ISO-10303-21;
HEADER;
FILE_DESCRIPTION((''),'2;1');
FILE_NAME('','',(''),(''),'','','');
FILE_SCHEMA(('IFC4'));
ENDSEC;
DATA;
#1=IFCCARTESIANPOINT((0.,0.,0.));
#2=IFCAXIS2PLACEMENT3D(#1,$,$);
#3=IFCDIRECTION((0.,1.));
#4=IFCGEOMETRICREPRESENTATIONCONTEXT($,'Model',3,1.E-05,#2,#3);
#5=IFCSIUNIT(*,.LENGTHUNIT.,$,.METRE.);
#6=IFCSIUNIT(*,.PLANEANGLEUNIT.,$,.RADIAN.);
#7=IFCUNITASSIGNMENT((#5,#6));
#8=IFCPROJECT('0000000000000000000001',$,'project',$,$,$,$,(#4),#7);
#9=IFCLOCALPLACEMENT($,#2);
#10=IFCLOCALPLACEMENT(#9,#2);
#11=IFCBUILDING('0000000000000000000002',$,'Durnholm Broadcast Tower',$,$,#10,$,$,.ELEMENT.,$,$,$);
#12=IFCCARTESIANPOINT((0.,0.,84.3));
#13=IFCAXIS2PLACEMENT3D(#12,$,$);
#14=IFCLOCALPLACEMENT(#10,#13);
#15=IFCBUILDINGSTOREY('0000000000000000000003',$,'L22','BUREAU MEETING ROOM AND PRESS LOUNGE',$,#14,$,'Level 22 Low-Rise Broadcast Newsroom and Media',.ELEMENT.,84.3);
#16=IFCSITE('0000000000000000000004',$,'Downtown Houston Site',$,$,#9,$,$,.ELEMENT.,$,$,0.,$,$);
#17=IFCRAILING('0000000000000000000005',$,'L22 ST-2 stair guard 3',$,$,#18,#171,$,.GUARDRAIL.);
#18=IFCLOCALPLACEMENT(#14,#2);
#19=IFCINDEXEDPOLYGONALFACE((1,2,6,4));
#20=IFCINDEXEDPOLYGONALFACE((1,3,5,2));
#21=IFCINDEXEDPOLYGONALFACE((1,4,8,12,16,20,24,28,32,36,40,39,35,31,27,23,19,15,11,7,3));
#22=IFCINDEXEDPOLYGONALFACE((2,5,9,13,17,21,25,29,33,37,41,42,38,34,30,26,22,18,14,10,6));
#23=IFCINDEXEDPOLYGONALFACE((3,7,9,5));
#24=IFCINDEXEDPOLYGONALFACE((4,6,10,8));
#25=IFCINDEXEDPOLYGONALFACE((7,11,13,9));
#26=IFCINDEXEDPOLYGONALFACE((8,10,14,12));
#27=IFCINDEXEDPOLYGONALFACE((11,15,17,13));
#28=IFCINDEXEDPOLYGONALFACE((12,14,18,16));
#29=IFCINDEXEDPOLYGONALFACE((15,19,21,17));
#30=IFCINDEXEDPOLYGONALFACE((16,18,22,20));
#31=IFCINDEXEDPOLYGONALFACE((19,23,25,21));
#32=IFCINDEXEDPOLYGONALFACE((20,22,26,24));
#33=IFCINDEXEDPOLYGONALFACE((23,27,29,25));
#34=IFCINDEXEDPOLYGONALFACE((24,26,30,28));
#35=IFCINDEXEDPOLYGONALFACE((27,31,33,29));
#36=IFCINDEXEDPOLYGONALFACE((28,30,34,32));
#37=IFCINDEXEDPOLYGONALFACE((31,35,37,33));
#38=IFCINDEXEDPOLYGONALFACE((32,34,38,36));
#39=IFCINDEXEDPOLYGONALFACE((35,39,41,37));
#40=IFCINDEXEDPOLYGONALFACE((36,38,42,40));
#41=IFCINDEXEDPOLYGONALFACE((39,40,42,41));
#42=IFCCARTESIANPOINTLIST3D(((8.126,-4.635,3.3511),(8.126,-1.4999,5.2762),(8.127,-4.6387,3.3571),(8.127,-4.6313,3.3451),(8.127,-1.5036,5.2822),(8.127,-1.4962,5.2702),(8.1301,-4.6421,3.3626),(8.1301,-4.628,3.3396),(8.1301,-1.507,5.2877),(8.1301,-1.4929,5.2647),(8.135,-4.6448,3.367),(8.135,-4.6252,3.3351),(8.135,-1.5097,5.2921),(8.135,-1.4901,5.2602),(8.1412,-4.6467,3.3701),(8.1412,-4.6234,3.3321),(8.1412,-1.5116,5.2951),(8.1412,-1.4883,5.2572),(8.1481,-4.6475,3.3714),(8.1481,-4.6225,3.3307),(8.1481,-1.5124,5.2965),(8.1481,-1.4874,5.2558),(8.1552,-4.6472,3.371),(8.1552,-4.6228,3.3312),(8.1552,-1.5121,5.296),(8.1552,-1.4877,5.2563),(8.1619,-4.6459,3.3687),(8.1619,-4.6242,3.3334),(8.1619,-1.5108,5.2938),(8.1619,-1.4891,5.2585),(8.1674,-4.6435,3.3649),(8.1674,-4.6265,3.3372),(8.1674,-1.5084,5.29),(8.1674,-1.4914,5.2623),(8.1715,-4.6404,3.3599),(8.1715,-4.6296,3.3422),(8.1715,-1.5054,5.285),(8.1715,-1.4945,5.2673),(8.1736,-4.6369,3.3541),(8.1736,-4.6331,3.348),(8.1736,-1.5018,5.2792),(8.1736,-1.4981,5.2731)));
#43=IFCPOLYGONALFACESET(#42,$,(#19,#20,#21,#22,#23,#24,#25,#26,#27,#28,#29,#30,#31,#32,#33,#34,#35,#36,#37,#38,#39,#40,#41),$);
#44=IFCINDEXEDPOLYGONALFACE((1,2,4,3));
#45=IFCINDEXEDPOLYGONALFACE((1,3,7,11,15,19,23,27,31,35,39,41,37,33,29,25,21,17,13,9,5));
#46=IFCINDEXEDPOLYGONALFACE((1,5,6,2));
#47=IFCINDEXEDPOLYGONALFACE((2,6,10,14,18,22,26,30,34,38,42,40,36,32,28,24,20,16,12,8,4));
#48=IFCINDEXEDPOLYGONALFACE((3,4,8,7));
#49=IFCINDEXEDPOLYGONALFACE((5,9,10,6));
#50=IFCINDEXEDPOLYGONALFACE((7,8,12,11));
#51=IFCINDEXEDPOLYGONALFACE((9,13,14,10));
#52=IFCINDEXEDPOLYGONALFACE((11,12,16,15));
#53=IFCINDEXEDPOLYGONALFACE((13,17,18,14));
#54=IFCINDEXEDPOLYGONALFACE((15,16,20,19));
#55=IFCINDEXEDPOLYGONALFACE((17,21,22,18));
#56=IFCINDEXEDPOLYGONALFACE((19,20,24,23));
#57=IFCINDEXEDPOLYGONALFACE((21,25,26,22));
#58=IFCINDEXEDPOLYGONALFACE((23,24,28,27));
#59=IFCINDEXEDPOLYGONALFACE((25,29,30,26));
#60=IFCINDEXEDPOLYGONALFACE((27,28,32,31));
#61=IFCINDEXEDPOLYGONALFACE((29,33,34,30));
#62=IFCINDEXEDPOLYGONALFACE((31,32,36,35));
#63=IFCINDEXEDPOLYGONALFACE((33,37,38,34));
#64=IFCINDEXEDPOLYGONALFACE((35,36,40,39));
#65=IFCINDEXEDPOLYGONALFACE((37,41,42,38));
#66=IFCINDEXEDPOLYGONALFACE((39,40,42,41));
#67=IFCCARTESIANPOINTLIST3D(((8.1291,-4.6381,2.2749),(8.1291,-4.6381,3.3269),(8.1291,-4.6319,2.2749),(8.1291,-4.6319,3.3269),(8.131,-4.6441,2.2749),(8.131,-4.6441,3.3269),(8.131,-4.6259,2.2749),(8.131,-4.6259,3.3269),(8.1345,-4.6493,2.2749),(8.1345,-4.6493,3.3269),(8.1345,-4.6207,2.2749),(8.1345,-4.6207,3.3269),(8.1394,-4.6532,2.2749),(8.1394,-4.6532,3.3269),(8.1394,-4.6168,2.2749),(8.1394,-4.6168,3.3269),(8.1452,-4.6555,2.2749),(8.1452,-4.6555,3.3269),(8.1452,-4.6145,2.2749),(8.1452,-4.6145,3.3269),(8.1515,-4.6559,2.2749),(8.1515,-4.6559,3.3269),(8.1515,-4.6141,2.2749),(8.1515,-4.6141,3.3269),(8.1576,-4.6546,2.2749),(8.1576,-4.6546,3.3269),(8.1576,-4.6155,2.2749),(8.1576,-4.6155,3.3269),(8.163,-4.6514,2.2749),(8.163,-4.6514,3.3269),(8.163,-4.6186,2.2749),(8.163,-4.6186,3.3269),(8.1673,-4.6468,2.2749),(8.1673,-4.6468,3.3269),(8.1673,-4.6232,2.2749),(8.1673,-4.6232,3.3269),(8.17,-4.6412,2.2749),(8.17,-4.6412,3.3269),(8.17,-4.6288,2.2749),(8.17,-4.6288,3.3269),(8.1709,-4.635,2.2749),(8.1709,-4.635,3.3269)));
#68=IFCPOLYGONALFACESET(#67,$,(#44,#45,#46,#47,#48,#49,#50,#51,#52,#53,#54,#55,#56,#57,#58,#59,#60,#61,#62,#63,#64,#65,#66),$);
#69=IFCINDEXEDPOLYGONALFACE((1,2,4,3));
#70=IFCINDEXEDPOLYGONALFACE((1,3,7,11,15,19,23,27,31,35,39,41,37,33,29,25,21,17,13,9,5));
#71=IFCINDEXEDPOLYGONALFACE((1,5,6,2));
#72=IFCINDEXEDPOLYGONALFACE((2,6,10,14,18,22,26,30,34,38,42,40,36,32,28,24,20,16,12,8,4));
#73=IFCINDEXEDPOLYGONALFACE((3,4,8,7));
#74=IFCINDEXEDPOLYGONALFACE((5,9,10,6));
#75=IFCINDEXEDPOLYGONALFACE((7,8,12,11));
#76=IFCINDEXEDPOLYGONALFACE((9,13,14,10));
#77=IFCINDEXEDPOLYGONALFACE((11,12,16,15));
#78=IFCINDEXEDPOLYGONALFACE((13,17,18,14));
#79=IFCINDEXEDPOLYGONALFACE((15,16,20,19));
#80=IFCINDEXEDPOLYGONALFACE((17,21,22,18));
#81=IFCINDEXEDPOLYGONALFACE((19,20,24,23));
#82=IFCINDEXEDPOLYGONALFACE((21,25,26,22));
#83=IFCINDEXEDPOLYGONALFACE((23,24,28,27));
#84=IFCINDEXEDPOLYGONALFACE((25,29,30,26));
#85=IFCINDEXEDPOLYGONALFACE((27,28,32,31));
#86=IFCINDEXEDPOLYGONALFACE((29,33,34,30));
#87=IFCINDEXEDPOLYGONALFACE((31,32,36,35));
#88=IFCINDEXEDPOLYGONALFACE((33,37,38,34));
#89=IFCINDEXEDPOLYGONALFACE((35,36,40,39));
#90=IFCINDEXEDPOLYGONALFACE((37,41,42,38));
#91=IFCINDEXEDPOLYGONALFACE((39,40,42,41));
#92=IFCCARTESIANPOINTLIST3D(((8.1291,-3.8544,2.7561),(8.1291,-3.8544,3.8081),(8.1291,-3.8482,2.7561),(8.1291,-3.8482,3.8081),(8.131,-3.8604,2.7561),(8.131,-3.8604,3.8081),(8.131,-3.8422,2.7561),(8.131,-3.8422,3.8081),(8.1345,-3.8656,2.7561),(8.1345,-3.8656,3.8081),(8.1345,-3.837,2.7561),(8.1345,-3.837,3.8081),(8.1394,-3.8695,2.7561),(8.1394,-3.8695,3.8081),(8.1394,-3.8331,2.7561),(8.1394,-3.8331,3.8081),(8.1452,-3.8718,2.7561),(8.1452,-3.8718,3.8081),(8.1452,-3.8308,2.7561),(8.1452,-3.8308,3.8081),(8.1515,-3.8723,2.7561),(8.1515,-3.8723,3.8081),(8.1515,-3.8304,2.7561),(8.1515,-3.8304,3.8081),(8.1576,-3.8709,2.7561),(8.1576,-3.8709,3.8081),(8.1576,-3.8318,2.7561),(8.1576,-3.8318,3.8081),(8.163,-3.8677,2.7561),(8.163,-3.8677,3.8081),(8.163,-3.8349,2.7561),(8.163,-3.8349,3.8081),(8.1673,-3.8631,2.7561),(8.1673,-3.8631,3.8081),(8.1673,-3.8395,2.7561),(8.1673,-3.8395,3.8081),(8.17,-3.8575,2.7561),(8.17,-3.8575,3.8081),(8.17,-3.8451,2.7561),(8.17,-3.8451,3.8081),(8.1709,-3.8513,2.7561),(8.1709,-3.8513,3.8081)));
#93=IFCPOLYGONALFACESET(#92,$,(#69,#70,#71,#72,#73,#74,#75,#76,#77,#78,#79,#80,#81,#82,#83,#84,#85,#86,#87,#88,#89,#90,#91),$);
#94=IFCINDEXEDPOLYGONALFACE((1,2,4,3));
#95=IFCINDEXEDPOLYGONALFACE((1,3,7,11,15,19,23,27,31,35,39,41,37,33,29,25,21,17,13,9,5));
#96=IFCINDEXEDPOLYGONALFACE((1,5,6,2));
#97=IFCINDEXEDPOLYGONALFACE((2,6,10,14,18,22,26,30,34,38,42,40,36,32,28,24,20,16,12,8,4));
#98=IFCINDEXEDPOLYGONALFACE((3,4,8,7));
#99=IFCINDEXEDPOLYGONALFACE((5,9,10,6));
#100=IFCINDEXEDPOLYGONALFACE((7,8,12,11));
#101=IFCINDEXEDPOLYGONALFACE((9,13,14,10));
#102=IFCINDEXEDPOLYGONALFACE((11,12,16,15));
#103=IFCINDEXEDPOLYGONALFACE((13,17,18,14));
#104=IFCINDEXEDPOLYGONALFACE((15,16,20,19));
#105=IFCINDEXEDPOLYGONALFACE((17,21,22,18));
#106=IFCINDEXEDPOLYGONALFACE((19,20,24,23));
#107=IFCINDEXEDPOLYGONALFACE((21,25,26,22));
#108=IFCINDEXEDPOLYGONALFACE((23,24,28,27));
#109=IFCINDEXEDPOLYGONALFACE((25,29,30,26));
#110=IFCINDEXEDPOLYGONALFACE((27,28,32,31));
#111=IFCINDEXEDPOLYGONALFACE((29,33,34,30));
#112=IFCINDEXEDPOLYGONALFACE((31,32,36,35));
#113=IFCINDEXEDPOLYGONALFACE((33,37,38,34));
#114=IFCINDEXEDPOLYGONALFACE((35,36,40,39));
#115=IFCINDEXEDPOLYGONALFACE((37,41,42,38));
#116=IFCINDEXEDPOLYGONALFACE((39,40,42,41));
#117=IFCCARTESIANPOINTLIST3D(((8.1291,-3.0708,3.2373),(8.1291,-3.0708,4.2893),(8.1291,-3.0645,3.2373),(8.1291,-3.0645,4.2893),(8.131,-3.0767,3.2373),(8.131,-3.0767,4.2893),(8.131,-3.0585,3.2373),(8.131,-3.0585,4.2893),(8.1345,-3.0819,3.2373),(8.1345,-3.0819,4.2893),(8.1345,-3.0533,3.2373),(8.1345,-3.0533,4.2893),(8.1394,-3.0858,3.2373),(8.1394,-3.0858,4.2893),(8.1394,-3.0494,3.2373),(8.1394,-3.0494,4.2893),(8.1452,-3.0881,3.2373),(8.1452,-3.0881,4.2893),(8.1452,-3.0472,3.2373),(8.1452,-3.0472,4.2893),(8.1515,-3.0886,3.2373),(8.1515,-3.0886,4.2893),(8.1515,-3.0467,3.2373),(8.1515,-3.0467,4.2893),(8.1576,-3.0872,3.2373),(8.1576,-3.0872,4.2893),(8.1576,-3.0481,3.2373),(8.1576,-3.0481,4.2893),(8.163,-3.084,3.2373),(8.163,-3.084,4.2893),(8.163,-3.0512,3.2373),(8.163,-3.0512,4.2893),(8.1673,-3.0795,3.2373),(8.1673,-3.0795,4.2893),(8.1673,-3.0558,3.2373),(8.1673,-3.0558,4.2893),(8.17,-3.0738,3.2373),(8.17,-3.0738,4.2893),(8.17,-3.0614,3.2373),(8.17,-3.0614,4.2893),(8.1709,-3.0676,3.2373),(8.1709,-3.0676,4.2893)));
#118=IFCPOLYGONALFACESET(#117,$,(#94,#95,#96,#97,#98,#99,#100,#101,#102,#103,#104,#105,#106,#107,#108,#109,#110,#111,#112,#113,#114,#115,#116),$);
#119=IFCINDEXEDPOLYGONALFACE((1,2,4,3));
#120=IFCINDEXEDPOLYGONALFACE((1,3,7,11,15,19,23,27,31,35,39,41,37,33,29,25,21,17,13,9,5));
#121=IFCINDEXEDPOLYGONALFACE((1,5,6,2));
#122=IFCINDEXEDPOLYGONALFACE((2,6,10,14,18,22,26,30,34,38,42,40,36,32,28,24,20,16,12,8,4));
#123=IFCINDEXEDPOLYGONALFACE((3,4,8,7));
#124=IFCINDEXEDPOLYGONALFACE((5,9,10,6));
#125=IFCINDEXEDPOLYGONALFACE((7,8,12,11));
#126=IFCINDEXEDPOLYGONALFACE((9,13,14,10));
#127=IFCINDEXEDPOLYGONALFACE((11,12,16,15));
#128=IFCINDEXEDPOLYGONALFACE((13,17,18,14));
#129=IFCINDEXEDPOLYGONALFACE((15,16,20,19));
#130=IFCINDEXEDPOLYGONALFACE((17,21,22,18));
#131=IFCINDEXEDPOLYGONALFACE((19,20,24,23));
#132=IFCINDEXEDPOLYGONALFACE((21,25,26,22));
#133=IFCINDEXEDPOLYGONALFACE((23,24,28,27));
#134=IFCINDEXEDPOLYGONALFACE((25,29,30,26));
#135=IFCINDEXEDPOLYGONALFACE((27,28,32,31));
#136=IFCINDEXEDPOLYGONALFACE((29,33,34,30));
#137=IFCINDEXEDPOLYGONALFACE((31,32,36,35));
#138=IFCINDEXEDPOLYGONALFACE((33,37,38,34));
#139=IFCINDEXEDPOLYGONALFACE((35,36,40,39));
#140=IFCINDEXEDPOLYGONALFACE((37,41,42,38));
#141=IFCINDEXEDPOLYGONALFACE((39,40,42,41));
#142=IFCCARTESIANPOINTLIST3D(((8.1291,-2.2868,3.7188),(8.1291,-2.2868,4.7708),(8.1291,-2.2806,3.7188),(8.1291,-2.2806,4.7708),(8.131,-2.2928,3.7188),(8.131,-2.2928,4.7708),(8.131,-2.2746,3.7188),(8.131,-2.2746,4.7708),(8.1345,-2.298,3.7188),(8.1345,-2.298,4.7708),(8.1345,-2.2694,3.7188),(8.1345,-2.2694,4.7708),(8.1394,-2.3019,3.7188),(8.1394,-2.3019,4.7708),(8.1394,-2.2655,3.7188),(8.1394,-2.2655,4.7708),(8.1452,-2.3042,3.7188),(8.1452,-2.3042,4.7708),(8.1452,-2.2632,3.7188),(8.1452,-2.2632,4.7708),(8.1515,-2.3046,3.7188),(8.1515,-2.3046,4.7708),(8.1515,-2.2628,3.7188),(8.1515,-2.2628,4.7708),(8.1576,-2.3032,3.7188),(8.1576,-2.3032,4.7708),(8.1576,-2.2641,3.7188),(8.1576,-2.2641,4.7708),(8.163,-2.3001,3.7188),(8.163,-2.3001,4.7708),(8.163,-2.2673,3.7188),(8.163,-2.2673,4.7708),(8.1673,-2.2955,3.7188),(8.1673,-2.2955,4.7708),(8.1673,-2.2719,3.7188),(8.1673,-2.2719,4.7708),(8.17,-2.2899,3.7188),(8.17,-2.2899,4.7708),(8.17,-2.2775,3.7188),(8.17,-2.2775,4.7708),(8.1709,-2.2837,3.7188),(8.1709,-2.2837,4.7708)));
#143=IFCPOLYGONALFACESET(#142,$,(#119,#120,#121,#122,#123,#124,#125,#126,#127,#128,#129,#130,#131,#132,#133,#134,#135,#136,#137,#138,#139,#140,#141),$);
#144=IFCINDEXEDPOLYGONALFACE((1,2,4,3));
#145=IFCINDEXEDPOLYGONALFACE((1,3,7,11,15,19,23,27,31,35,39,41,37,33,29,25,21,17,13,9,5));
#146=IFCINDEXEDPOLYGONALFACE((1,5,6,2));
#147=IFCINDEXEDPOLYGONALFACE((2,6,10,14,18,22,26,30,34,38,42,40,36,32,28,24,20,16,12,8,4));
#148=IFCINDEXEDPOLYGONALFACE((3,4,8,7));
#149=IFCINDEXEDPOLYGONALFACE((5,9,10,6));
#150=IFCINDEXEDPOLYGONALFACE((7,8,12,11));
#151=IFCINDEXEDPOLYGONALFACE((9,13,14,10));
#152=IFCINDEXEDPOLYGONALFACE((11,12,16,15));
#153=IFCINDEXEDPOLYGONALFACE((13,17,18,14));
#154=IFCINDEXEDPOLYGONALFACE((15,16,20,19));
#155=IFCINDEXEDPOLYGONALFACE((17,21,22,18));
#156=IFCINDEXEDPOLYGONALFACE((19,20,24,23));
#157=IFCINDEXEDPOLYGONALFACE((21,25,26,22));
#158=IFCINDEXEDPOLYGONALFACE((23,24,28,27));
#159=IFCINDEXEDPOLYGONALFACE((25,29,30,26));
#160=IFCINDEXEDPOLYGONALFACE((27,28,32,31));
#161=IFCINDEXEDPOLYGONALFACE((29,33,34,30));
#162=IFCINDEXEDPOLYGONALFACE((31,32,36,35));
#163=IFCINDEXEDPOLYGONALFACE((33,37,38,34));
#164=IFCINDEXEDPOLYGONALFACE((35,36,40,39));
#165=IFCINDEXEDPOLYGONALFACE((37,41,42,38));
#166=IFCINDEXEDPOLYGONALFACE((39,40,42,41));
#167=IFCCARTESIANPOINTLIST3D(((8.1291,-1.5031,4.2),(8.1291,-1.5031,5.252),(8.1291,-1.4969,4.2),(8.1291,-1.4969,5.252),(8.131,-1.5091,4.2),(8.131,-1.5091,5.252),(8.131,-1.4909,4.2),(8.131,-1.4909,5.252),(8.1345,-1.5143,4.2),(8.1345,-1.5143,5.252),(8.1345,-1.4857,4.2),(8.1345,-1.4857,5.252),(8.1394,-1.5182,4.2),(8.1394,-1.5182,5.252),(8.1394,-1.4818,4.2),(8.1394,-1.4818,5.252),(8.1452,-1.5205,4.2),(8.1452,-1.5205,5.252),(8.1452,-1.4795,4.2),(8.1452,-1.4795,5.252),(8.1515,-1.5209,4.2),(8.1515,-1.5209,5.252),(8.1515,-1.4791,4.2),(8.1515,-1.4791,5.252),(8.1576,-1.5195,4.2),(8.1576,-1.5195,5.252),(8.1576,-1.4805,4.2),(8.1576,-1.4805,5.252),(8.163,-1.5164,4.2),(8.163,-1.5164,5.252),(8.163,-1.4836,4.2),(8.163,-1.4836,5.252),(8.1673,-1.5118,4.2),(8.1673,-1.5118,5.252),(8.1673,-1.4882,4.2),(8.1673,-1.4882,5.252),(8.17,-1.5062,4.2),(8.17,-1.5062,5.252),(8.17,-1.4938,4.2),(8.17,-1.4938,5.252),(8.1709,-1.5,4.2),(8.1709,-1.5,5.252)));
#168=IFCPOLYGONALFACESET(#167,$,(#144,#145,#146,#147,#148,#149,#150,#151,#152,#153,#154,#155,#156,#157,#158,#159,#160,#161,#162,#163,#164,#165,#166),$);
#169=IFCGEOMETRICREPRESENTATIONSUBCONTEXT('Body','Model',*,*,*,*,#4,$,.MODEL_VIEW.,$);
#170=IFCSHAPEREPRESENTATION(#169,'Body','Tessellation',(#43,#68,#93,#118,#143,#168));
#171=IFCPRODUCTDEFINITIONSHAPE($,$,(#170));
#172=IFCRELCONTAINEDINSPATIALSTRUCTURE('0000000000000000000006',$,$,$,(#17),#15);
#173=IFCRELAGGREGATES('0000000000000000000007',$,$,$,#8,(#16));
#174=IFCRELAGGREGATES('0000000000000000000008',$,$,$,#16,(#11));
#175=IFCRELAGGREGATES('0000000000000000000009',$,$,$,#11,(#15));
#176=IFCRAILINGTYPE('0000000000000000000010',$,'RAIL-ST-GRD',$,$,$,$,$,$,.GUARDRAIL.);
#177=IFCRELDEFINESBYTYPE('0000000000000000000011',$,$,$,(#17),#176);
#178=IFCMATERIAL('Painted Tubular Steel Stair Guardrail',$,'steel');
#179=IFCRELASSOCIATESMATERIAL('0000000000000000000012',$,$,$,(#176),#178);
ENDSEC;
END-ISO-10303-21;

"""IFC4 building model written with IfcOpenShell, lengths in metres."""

from ifc_helpers import new_model, si_unit, direction, frame, origin, origin_2d, place, context, subcontext, project, spatial, circle, extrude, material, type_object, element, save


model = new_model("IFC4")

# Units and contexts
model_context = context("Model", 3, precision=1e-05, world=origin(), true_north=direction((0.0, 1.0)))
body_context = subcontext(model_context, "Body", "Model", "MODEL_VIEW")
ifc_project = project(units=[si_unit("LENGTHUNIT", "METRE"), si_unit("PLANEANGLEUNIT", "RADIAN")], contexts=[model_context])

# Site, building, storey
site_placement = place(None, origin())
site = spatial("IfcSite", under=ifc_project, at=site_placement, Name="Downtown Houston Site", CompositionType="ELEMENT", RefElevation=0.0)
building_placement = place(site_placement, origin())
building = spatial("IfcBuilding", under=site, at=building_placement, Name="Durnholm Broadcast Tower", CompositionType="ELEMENT")
storey_placement = place(building_placement, frame((0.0, 0.0, 84.3)))
storey = spatial("IfcBuildingStorey", under=building, at=storey_placement, Name="L22", Description="BUREAU MEETING ROOM AND PRESS LOUNGE", LongName="Level 22 Low-Rise Broadcast Newsroom and Media", CompositionType="ELEMENT", Elevation=84.3)

# Railing
ifc_material_1 = material(Name="Painted Tubular Steel Stair Guardrail", Category="steel")
railing_type_1 = type_object("IfcRailingType", Name="RAIL-ST-GRD", PredefinedType="GUARDRAIL", material=ifc_material_1)
railing_1_placement = place(storey_placement, frame((8.1499, -4.635, 2.2749)))
element("IfcRailing", 1, at=railing_1_placement, inside=storey, type_object=railing_type_1, Name="L22 ST-2 stair guard 3", PredefinedType="GUARDRAIL", context=body_context, shape_type="SweptSolid", body=[
    extrude(circle(Radius=0.0239, at=origin_2d()), frame((0.0, 0.0, 1.0762), z_axis=(0.0, 0.852166, 0.523271), x_axis=(-1.0, 0.0, 0.0)), (0.0, 0.0, 1.0), 3.679),
    extrude(circle(Radius=0.021, at=origin_2d()), origin(), (0.0, 0.0, 1.0), 1.052),
    extrude(circle(Radius=0.021, at=origin_2d()), frame((0.0, 0.7837, 0.4812)), (0.0, 0.0, 1.0), 1.052),
    extrude(circle(Radius=0.021, at=origin_2d()), frame((0.0, 1.5674, 0.9624)), (0.0, 0.0, 1.0), 1.052),
    extrude(circle(Radius=0.021, at=origin_2d()), frame((0.0, 2.3513, 1.4438)), (0.0, 0.0, 1.0), 1.052),
    extrude(circle(Radius=0.021, at=origin_2d()), frame((0.0, 3.135, 1.925)), (0.0, 0.0, 1.0), 1.052),
])

save(model, "model.ifc")
